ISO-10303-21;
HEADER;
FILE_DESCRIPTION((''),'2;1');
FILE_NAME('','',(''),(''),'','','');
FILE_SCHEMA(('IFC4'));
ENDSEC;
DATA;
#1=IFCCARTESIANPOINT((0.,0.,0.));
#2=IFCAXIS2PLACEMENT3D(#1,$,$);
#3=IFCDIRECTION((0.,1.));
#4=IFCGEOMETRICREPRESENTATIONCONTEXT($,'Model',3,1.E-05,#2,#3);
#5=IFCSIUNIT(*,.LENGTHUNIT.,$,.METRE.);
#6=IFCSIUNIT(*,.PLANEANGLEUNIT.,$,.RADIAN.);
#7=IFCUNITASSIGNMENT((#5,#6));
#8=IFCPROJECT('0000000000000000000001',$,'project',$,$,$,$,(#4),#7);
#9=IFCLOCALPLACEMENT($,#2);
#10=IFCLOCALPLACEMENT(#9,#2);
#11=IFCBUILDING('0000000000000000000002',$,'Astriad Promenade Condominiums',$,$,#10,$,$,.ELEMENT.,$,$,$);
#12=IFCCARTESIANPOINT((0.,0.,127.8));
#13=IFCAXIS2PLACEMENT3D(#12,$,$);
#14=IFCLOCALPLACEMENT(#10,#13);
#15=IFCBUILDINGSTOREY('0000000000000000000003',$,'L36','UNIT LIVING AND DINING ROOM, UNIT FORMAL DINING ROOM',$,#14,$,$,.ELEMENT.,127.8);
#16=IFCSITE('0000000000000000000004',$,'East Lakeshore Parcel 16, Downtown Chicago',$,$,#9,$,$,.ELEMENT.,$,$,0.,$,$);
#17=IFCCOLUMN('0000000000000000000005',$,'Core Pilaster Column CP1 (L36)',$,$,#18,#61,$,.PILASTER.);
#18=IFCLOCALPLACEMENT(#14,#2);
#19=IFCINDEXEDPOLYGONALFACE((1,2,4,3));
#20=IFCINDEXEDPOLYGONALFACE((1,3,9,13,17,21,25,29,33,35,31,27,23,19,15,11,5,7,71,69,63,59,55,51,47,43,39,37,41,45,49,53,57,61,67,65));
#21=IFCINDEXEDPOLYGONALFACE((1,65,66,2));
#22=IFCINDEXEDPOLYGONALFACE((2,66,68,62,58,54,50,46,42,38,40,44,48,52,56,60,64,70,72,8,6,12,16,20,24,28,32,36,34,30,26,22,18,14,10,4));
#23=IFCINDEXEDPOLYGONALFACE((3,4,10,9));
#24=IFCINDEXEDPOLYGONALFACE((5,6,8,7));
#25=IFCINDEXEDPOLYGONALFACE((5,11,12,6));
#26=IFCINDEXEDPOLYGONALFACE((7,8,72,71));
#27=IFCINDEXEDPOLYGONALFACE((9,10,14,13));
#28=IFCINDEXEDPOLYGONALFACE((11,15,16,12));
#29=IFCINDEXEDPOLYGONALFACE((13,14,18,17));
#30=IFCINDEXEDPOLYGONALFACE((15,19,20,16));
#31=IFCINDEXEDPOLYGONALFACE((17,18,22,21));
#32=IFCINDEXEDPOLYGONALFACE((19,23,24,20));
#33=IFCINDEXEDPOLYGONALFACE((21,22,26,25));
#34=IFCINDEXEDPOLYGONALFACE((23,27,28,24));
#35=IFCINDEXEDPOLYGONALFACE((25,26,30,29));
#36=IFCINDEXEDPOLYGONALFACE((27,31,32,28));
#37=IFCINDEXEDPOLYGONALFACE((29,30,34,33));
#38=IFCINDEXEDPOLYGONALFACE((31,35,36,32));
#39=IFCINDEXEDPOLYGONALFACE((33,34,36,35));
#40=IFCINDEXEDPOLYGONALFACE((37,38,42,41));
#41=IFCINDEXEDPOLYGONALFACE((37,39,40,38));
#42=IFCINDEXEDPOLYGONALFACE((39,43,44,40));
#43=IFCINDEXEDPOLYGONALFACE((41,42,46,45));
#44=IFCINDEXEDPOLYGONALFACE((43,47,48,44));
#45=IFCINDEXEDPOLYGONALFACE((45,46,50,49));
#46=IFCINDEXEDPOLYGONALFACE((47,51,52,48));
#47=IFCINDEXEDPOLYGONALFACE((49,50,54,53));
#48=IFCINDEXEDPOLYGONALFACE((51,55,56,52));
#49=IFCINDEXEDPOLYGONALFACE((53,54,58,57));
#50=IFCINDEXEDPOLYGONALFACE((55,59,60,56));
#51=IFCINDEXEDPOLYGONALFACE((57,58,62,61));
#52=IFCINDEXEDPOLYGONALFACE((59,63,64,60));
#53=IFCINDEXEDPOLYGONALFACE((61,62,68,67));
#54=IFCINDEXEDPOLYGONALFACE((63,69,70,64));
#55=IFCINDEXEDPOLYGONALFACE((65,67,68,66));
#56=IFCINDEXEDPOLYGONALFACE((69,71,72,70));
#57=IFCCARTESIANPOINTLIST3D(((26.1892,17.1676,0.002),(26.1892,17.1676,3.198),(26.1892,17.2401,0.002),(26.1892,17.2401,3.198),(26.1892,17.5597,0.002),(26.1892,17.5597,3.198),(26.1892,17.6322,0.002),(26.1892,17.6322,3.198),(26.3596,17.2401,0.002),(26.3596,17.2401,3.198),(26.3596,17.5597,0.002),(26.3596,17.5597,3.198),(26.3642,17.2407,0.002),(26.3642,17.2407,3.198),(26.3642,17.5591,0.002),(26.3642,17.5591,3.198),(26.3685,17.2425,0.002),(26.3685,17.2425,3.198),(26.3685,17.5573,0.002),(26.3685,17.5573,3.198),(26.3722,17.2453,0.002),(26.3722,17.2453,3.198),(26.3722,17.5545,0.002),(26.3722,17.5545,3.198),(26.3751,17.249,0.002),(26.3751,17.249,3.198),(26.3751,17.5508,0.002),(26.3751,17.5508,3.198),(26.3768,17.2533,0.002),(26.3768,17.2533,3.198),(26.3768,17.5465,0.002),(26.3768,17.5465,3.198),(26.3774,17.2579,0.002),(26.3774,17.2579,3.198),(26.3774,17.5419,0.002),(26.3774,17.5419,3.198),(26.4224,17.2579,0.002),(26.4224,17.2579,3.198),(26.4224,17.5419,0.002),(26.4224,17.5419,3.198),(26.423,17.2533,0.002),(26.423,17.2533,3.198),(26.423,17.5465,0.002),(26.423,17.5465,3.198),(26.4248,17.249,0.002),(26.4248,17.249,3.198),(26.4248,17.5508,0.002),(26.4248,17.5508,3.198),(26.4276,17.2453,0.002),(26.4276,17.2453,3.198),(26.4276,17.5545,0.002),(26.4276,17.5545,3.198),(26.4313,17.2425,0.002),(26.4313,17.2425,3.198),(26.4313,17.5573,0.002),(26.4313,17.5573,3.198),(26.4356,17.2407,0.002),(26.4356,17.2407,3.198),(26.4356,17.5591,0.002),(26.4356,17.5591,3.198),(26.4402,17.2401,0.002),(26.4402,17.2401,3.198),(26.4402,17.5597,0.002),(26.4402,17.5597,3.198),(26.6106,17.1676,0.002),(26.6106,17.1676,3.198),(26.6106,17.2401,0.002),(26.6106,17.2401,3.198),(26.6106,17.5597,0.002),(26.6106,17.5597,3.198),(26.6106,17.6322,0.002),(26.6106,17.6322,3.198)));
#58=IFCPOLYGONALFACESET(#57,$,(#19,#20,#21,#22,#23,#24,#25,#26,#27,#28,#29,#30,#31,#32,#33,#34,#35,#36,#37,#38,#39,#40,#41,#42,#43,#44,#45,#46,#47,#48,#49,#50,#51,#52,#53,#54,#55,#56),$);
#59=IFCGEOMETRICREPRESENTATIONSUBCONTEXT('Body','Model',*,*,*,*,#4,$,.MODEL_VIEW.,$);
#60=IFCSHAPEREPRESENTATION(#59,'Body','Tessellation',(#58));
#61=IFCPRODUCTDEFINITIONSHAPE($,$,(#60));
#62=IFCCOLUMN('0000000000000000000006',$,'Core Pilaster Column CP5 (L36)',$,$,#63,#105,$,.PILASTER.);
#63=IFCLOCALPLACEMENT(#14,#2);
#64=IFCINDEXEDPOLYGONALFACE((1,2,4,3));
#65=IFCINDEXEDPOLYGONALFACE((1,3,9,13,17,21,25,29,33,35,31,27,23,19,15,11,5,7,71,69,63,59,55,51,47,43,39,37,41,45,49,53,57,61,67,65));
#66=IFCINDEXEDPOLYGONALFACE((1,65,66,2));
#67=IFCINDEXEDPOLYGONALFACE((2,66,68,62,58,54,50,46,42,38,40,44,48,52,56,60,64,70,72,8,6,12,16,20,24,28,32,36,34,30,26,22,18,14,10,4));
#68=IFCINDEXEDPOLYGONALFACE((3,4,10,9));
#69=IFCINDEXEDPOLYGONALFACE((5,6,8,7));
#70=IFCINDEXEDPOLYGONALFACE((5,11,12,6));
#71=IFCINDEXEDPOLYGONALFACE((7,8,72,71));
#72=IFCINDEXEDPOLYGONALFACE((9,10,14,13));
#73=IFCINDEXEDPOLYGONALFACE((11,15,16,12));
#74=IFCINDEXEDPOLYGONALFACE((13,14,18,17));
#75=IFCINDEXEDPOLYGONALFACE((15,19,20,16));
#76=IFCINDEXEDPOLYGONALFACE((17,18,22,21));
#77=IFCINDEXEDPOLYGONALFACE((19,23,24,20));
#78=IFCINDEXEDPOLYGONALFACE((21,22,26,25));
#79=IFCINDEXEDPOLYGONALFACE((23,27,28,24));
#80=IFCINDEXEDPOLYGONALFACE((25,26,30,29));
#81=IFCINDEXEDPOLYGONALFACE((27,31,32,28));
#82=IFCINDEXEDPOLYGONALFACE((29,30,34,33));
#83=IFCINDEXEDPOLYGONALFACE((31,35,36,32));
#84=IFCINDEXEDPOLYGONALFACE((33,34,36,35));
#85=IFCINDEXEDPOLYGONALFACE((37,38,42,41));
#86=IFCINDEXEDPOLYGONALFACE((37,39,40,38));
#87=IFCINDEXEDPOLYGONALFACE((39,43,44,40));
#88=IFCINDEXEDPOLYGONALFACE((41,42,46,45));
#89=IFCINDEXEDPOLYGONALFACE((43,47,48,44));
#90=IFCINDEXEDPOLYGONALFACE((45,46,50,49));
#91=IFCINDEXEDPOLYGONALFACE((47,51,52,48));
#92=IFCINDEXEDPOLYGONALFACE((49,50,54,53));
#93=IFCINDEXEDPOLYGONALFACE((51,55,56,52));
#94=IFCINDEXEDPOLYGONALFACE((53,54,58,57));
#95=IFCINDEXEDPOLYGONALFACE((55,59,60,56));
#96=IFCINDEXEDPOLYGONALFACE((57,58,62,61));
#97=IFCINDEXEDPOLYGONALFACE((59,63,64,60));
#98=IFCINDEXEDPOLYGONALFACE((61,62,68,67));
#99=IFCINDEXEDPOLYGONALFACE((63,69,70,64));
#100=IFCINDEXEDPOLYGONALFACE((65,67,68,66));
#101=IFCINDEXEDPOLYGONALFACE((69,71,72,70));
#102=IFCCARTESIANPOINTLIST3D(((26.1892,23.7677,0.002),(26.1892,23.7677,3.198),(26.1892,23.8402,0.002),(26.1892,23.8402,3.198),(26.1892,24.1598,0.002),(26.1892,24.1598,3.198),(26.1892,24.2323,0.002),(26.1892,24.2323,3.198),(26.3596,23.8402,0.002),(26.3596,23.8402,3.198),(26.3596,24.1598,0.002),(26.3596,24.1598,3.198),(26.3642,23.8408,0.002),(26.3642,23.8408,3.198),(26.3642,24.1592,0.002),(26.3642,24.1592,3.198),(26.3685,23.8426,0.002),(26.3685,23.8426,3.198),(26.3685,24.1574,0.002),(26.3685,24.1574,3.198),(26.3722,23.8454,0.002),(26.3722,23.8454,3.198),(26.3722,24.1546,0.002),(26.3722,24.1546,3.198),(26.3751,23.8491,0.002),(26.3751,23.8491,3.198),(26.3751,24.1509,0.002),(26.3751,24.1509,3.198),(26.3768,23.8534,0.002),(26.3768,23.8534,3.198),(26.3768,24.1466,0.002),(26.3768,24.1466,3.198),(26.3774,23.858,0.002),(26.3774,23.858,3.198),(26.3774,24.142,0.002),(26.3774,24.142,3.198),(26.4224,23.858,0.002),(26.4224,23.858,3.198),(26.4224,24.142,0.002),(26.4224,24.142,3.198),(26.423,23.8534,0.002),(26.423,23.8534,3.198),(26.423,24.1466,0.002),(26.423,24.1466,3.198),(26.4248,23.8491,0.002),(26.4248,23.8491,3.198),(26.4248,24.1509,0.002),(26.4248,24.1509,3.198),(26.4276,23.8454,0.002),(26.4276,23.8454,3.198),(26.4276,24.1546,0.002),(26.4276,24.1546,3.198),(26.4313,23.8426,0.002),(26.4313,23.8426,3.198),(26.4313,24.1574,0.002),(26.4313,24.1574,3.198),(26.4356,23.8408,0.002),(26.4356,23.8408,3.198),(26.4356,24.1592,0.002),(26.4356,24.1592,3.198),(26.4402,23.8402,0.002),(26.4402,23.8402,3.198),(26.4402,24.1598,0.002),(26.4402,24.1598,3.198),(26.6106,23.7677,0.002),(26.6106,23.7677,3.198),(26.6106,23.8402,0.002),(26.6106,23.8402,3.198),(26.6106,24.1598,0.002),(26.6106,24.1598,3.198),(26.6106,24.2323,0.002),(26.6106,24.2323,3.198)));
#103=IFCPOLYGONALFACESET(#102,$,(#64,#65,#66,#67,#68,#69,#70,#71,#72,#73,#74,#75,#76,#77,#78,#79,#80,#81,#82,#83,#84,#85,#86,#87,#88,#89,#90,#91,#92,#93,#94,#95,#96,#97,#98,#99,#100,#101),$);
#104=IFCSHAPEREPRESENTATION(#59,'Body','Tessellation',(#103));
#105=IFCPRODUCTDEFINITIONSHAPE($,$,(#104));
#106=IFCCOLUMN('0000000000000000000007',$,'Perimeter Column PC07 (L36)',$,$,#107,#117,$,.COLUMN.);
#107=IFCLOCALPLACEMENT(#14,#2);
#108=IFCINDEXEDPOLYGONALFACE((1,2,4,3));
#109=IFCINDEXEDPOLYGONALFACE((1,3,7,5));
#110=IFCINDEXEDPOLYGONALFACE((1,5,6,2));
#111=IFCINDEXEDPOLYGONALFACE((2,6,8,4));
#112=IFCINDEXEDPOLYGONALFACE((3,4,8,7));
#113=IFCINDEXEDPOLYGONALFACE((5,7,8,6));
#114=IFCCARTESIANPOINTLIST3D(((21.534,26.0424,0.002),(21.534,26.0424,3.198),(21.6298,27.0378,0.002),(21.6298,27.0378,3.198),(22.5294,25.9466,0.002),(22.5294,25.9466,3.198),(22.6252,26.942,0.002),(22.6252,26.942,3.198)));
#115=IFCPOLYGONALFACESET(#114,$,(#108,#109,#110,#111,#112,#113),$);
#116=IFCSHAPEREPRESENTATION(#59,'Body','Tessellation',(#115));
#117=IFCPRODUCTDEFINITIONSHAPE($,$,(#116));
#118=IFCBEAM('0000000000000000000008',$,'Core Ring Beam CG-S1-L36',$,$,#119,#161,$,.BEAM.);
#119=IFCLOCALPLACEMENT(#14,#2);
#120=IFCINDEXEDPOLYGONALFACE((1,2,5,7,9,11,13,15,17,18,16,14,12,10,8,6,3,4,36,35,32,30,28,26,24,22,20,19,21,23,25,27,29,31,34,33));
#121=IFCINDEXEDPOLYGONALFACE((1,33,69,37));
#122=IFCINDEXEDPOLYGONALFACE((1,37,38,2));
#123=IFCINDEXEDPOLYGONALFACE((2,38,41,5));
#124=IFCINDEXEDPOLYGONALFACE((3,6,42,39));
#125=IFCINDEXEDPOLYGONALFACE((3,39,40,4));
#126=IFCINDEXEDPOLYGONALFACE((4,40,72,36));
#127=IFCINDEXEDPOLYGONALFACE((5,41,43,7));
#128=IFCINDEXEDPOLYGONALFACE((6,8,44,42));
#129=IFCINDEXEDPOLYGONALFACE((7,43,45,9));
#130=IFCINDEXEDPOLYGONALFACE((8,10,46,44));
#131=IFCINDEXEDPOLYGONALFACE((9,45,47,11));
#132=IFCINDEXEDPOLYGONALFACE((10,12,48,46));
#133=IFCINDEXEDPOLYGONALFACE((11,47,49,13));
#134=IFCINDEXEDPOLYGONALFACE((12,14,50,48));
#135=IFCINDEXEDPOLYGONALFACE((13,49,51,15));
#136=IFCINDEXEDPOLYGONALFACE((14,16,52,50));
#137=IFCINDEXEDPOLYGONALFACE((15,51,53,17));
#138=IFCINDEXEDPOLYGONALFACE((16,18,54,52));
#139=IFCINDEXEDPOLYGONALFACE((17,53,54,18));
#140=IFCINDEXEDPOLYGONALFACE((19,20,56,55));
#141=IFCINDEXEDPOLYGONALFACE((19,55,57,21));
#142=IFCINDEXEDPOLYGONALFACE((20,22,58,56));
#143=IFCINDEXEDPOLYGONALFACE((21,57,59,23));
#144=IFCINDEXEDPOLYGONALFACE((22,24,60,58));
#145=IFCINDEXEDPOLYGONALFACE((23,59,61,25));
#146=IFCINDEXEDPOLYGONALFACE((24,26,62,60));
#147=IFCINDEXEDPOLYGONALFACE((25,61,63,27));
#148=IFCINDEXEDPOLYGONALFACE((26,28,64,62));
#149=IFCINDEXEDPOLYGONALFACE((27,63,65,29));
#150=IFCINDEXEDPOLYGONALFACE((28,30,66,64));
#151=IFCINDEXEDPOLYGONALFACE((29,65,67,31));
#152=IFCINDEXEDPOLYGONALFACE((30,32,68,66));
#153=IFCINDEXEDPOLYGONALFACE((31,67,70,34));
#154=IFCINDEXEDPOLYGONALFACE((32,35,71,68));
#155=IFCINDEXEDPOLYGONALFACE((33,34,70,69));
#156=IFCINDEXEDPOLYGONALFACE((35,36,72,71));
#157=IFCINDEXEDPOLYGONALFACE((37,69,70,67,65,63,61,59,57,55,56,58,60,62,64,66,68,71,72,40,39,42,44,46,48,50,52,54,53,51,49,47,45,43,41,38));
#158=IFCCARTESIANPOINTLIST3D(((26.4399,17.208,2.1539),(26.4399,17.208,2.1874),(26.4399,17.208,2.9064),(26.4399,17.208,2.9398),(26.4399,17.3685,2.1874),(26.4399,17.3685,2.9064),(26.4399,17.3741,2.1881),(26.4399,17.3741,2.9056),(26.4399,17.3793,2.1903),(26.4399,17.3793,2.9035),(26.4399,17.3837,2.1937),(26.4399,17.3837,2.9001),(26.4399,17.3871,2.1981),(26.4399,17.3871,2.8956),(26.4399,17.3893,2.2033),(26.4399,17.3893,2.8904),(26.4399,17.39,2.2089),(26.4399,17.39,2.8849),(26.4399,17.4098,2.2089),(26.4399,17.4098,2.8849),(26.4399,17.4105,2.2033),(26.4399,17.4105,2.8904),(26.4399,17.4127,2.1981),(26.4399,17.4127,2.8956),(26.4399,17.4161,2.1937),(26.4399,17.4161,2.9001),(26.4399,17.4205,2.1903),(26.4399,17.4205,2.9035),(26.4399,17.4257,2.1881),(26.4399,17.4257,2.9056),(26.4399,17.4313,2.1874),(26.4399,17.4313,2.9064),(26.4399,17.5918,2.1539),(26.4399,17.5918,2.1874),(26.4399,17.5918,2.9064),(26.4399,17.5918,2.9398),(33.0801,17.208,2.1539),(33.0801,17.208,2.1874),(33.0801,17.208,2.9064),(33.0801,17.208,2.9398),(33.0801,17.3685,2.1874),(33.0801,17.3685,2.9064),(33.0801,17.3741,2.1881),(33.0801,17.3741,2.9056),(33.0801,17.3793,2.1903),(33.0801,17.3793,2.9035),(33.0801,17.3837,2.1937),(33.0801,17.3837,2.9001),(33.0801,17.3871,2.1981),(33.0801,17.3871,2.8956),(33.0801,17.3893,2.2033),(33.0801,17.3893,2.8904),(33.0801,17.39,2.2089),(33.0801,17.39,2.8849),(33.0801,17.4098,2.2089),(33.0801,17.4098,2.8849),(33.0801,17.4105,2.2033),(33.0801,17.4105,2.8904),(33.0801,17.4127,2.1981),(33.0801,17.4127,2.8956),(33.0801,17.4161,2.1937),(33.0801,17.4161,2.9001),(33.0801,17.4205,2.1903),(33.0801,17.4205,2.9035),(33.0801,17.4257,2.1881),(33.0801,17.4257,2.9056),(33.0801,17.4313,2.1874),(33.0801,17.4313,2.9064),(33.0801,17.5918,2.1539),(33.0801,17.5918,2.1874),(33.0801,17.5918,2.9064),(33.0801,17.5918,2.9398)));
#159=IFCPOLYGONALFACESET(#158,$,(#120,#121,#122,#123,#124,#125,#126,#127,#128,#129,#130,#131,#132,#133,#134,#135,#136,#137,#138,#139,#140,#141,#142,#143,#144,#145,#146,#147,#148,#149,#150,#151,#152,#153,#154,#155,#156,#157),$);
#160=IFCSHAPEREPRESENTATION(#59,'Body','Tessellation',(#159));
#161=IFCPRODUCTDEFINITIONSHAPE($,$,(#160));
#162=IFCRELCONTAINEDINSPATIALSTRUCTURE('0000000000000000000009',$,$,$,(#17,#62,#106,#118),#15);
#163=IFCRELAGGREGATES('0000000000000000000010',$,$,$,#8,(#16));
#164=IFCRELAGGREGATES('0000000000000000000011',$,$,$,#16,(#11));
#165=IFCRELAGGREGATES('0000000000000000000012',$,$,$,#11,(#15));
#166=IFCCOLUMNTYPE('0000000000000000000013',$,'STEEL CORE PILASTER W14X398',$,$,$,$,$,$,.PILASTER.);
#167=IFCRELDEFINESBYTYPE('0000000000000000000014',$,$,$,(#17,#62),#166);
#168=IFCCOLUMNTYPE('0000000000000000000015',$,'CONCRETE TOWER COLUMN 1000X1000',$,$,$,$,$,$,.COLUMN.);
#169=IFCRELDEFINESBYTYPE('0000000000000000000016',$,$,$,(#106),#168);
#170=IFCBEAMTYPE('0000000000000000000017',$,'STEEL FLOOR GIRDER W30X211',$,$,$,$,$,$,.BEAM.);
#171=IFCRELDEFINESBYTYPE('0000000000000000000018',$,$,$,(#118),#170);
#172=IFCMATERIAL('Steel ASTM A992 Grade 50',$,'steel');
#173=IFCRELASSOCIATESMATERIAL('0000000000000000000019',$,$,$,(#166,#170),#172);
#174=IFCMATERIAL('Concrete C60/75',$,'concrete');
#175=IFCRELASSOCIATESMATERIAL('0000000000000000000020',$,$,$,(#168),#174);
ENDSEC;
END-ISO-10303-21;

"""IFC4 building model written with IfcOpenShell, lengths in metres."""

from ifc_helpers import new_model, si_unit, direction, frame, origin, origin_2d, place, context, subcontext, project, spatial, rectangle, i_section, extrude, source, transform, mapped, material, material_profile, profile_set, type_object, type_shapes, element, save


model = new_model("IFC4")

# Units and contexts
model_context = context("Model", 3, precision=1e-05, world=origin(), true_north=direction((0.0, 1.0)))
body_context = subcontext(model_context, "Body", "Model", "MODEL_VIEW")
ifc_project = project(units=[si_unit("LENGTHUNIT", "METRE"), si_unit("PLANEANGLEUNIT", "RADIAN")], contexts=[model_context])

# Site, building, storey
site_placement = place(None, origin())
site = spatial("IfcSite", under=ifc_project, at=site_placement, Name="East Lakeshore Parcel 16, Downtown Chicago", CompositionType="ELEMENT", RefElevation=0.0)
building_placement = place(site_placement, origin())
building = spatial("IfcBuilding", under=site, at=building_placement, Name="Astriad Promenade Condominiums", CompositionType="ELEMENT")
storey_placement = place(building_placement, frame((0.0, 0.0, 127.8)))
storey = spatial("IfcBuildingStorey", under=building, at=storey_placement, Name="L36", Description="UNIT LIVING AND DINING ROOM, UNIT FORMAL DINING ROOM", CompositionType="ELEMENT", Elevation=127.8)

# Columns
ifc_material_1 = material(Name="Steel ASTM A992 Grade 50", Category="steel")
ifc_material_profile_1 = material_profile(ifc_material_1, i_section(OverallWidth=0.4214, OverallDepth=0.4646, WebThickness=0.0449, FlangeThickness=0.0725, FilletRadius=0.0178, at=origin_2d()), Name="W14X398")
ifc_profile_set_1 = profile_set([ifc_material_profile_1], Name="Steel ASTM A992 Grade 50")
column_type_1 = type_object("IfcColumnType", Name="STEEL CORE PILASTER W14X398", PredefinedType="PILASTER", material=ifc_profile_set_1)
shared_shape_1 = source(origin(), body_context, "Body", "SweptSolid", [
    extrude(i_section(OverallWidth=0.4214, OverallDepth=0.4646, WebThickness=0.0449, FlangeThickness=0.0725, FilletRadius=0.0178, at=origin_2d()), origin(), (0.0, 0.0, 1.0), 3.196),
])
type_shapes(column_type_1, [shared_shape_1])
for number, where, z_axis, x_axis, name in (
    (1, (26.3999, 17.3999, 0.002), (0.0, 0.0, 1.0), (1.0, 0.0, 0.0), "Core Pilaster Column CP1 (L36)"),
    (2, (26.3999, 24.0, 0.002), (0.0, 0.0, 1.0), (1.0, 0.0, 0.0), "Core Pilaster Column CP5 (L36)"),
):
    element("IfcColumn", number, at=place(storey_placement, frame(where, z_axis=z_axis, x_axis=x_axis)), inside=storey, type_object=column_type_1, Name=name, PredefinedType="PILASTER", context=body_context, shape_type="MappedRepresentation", body=[
        mapped(shared_shape_1, transform((0.0, 0.0, 0.0), scale=1.0)),
    ])
ifc_material_2 = material(Name="Concrete C60/75", Category="concrete")
ifc_material_profile_2 = material_profile(ifc_material_2, rectangle(XDim=1.0, YDim=1.0, at=origin_2d()), Name="RC-COL-1000X1000")
ifc_profile_set_2 = profile_set([ifc_material_profile_2], Name="Concrete C60/75")
column_type_2 = type_object("IfcColumnType", Name="CONCRETE TOWER COLUMN 1000X1000", PredefinedType="COLUMN", material=ifc_profile_set_2)
shared_shape_2 = source(origin(), body_context, "Body", "SweptSolid", [
    extrude(rectangle(XDim=1.0, YDim=1.0, at=origin_2d()), origin(), (0.0, 0.0, 1.0), 3.196),
])
type_shapes(column_type_2, [shared_shape_2])
column_placement = place(storey_placement, frame((22.0796, 26.4922, 0.002), z_axis=(0.0, 0.0, 1.0), x_axis=(0.995396, -0.095846, 0.0)))
element("IfcColumn", 3, at=column_placement, inside=storey, type_object=column_type_2, Name="Perimeter Column PC07 (L36)", PredefinedType="COLUMN", context=body_context, shape_type="MappedRepresentation", body=[
    mapped(shared_shape_2, transform((0.0, 0.0, 0.0), scale=1.0)),
])

# Beam
ifc_material_profile_3 = material_profile(ifc_material_1, i_section(OverallWidth=0.3838, OverallDepth=0.7859, WebThickness=0.0198, FlangeThickness=0.0334, FilletRadius=0.0215, at=origin_2d()), Name="W30X211")
ifc_profile_set_3 = profile_set([ifc_material_profile_3], Name="Steel ASTM A992 Grade 50")
beam_type_1 = type_object("IfcBeamType", Name="STEEL FLOOR GIRDER W30X211", PredefinedType="BEAM", material=ifc_profile_set_3)
shared_shape_3 = source(origin(), body_context, "Body", "SweptSolid", [
    extrude(i_section(OverallWidth=0.3838, OverallDepth=0.7859, WebThickness=0.0198, FlangeThickness=0.0334, FilletRadius=0.0215, at=origin_2d()), origin(), (0.0, 0.0, 1.0), 6.6401),
])
type_shapes(beam_type_1, [shared_shape_3])
beam_1_placement = place(storey_placement, frame((26.4399, 17.3999, 2.5469), z_axis=(1.0, 0.0, 0.0), x_axis=(0.0, 1.0, 0.0)))
element("IfcBeam", 4, at=beam_1_placement, inside=storey, type_object=beam_type_1, Name="Core Ring Beam CG-S1-L36", PredefinedType="BEAM", context=body_context, shape_type="MappedRepresentation", body=[
    mapped(shared_shape_3, transform((0.0, 0.0, 0.0), scale=1.0)),
])

save(model, "model.ifc")
